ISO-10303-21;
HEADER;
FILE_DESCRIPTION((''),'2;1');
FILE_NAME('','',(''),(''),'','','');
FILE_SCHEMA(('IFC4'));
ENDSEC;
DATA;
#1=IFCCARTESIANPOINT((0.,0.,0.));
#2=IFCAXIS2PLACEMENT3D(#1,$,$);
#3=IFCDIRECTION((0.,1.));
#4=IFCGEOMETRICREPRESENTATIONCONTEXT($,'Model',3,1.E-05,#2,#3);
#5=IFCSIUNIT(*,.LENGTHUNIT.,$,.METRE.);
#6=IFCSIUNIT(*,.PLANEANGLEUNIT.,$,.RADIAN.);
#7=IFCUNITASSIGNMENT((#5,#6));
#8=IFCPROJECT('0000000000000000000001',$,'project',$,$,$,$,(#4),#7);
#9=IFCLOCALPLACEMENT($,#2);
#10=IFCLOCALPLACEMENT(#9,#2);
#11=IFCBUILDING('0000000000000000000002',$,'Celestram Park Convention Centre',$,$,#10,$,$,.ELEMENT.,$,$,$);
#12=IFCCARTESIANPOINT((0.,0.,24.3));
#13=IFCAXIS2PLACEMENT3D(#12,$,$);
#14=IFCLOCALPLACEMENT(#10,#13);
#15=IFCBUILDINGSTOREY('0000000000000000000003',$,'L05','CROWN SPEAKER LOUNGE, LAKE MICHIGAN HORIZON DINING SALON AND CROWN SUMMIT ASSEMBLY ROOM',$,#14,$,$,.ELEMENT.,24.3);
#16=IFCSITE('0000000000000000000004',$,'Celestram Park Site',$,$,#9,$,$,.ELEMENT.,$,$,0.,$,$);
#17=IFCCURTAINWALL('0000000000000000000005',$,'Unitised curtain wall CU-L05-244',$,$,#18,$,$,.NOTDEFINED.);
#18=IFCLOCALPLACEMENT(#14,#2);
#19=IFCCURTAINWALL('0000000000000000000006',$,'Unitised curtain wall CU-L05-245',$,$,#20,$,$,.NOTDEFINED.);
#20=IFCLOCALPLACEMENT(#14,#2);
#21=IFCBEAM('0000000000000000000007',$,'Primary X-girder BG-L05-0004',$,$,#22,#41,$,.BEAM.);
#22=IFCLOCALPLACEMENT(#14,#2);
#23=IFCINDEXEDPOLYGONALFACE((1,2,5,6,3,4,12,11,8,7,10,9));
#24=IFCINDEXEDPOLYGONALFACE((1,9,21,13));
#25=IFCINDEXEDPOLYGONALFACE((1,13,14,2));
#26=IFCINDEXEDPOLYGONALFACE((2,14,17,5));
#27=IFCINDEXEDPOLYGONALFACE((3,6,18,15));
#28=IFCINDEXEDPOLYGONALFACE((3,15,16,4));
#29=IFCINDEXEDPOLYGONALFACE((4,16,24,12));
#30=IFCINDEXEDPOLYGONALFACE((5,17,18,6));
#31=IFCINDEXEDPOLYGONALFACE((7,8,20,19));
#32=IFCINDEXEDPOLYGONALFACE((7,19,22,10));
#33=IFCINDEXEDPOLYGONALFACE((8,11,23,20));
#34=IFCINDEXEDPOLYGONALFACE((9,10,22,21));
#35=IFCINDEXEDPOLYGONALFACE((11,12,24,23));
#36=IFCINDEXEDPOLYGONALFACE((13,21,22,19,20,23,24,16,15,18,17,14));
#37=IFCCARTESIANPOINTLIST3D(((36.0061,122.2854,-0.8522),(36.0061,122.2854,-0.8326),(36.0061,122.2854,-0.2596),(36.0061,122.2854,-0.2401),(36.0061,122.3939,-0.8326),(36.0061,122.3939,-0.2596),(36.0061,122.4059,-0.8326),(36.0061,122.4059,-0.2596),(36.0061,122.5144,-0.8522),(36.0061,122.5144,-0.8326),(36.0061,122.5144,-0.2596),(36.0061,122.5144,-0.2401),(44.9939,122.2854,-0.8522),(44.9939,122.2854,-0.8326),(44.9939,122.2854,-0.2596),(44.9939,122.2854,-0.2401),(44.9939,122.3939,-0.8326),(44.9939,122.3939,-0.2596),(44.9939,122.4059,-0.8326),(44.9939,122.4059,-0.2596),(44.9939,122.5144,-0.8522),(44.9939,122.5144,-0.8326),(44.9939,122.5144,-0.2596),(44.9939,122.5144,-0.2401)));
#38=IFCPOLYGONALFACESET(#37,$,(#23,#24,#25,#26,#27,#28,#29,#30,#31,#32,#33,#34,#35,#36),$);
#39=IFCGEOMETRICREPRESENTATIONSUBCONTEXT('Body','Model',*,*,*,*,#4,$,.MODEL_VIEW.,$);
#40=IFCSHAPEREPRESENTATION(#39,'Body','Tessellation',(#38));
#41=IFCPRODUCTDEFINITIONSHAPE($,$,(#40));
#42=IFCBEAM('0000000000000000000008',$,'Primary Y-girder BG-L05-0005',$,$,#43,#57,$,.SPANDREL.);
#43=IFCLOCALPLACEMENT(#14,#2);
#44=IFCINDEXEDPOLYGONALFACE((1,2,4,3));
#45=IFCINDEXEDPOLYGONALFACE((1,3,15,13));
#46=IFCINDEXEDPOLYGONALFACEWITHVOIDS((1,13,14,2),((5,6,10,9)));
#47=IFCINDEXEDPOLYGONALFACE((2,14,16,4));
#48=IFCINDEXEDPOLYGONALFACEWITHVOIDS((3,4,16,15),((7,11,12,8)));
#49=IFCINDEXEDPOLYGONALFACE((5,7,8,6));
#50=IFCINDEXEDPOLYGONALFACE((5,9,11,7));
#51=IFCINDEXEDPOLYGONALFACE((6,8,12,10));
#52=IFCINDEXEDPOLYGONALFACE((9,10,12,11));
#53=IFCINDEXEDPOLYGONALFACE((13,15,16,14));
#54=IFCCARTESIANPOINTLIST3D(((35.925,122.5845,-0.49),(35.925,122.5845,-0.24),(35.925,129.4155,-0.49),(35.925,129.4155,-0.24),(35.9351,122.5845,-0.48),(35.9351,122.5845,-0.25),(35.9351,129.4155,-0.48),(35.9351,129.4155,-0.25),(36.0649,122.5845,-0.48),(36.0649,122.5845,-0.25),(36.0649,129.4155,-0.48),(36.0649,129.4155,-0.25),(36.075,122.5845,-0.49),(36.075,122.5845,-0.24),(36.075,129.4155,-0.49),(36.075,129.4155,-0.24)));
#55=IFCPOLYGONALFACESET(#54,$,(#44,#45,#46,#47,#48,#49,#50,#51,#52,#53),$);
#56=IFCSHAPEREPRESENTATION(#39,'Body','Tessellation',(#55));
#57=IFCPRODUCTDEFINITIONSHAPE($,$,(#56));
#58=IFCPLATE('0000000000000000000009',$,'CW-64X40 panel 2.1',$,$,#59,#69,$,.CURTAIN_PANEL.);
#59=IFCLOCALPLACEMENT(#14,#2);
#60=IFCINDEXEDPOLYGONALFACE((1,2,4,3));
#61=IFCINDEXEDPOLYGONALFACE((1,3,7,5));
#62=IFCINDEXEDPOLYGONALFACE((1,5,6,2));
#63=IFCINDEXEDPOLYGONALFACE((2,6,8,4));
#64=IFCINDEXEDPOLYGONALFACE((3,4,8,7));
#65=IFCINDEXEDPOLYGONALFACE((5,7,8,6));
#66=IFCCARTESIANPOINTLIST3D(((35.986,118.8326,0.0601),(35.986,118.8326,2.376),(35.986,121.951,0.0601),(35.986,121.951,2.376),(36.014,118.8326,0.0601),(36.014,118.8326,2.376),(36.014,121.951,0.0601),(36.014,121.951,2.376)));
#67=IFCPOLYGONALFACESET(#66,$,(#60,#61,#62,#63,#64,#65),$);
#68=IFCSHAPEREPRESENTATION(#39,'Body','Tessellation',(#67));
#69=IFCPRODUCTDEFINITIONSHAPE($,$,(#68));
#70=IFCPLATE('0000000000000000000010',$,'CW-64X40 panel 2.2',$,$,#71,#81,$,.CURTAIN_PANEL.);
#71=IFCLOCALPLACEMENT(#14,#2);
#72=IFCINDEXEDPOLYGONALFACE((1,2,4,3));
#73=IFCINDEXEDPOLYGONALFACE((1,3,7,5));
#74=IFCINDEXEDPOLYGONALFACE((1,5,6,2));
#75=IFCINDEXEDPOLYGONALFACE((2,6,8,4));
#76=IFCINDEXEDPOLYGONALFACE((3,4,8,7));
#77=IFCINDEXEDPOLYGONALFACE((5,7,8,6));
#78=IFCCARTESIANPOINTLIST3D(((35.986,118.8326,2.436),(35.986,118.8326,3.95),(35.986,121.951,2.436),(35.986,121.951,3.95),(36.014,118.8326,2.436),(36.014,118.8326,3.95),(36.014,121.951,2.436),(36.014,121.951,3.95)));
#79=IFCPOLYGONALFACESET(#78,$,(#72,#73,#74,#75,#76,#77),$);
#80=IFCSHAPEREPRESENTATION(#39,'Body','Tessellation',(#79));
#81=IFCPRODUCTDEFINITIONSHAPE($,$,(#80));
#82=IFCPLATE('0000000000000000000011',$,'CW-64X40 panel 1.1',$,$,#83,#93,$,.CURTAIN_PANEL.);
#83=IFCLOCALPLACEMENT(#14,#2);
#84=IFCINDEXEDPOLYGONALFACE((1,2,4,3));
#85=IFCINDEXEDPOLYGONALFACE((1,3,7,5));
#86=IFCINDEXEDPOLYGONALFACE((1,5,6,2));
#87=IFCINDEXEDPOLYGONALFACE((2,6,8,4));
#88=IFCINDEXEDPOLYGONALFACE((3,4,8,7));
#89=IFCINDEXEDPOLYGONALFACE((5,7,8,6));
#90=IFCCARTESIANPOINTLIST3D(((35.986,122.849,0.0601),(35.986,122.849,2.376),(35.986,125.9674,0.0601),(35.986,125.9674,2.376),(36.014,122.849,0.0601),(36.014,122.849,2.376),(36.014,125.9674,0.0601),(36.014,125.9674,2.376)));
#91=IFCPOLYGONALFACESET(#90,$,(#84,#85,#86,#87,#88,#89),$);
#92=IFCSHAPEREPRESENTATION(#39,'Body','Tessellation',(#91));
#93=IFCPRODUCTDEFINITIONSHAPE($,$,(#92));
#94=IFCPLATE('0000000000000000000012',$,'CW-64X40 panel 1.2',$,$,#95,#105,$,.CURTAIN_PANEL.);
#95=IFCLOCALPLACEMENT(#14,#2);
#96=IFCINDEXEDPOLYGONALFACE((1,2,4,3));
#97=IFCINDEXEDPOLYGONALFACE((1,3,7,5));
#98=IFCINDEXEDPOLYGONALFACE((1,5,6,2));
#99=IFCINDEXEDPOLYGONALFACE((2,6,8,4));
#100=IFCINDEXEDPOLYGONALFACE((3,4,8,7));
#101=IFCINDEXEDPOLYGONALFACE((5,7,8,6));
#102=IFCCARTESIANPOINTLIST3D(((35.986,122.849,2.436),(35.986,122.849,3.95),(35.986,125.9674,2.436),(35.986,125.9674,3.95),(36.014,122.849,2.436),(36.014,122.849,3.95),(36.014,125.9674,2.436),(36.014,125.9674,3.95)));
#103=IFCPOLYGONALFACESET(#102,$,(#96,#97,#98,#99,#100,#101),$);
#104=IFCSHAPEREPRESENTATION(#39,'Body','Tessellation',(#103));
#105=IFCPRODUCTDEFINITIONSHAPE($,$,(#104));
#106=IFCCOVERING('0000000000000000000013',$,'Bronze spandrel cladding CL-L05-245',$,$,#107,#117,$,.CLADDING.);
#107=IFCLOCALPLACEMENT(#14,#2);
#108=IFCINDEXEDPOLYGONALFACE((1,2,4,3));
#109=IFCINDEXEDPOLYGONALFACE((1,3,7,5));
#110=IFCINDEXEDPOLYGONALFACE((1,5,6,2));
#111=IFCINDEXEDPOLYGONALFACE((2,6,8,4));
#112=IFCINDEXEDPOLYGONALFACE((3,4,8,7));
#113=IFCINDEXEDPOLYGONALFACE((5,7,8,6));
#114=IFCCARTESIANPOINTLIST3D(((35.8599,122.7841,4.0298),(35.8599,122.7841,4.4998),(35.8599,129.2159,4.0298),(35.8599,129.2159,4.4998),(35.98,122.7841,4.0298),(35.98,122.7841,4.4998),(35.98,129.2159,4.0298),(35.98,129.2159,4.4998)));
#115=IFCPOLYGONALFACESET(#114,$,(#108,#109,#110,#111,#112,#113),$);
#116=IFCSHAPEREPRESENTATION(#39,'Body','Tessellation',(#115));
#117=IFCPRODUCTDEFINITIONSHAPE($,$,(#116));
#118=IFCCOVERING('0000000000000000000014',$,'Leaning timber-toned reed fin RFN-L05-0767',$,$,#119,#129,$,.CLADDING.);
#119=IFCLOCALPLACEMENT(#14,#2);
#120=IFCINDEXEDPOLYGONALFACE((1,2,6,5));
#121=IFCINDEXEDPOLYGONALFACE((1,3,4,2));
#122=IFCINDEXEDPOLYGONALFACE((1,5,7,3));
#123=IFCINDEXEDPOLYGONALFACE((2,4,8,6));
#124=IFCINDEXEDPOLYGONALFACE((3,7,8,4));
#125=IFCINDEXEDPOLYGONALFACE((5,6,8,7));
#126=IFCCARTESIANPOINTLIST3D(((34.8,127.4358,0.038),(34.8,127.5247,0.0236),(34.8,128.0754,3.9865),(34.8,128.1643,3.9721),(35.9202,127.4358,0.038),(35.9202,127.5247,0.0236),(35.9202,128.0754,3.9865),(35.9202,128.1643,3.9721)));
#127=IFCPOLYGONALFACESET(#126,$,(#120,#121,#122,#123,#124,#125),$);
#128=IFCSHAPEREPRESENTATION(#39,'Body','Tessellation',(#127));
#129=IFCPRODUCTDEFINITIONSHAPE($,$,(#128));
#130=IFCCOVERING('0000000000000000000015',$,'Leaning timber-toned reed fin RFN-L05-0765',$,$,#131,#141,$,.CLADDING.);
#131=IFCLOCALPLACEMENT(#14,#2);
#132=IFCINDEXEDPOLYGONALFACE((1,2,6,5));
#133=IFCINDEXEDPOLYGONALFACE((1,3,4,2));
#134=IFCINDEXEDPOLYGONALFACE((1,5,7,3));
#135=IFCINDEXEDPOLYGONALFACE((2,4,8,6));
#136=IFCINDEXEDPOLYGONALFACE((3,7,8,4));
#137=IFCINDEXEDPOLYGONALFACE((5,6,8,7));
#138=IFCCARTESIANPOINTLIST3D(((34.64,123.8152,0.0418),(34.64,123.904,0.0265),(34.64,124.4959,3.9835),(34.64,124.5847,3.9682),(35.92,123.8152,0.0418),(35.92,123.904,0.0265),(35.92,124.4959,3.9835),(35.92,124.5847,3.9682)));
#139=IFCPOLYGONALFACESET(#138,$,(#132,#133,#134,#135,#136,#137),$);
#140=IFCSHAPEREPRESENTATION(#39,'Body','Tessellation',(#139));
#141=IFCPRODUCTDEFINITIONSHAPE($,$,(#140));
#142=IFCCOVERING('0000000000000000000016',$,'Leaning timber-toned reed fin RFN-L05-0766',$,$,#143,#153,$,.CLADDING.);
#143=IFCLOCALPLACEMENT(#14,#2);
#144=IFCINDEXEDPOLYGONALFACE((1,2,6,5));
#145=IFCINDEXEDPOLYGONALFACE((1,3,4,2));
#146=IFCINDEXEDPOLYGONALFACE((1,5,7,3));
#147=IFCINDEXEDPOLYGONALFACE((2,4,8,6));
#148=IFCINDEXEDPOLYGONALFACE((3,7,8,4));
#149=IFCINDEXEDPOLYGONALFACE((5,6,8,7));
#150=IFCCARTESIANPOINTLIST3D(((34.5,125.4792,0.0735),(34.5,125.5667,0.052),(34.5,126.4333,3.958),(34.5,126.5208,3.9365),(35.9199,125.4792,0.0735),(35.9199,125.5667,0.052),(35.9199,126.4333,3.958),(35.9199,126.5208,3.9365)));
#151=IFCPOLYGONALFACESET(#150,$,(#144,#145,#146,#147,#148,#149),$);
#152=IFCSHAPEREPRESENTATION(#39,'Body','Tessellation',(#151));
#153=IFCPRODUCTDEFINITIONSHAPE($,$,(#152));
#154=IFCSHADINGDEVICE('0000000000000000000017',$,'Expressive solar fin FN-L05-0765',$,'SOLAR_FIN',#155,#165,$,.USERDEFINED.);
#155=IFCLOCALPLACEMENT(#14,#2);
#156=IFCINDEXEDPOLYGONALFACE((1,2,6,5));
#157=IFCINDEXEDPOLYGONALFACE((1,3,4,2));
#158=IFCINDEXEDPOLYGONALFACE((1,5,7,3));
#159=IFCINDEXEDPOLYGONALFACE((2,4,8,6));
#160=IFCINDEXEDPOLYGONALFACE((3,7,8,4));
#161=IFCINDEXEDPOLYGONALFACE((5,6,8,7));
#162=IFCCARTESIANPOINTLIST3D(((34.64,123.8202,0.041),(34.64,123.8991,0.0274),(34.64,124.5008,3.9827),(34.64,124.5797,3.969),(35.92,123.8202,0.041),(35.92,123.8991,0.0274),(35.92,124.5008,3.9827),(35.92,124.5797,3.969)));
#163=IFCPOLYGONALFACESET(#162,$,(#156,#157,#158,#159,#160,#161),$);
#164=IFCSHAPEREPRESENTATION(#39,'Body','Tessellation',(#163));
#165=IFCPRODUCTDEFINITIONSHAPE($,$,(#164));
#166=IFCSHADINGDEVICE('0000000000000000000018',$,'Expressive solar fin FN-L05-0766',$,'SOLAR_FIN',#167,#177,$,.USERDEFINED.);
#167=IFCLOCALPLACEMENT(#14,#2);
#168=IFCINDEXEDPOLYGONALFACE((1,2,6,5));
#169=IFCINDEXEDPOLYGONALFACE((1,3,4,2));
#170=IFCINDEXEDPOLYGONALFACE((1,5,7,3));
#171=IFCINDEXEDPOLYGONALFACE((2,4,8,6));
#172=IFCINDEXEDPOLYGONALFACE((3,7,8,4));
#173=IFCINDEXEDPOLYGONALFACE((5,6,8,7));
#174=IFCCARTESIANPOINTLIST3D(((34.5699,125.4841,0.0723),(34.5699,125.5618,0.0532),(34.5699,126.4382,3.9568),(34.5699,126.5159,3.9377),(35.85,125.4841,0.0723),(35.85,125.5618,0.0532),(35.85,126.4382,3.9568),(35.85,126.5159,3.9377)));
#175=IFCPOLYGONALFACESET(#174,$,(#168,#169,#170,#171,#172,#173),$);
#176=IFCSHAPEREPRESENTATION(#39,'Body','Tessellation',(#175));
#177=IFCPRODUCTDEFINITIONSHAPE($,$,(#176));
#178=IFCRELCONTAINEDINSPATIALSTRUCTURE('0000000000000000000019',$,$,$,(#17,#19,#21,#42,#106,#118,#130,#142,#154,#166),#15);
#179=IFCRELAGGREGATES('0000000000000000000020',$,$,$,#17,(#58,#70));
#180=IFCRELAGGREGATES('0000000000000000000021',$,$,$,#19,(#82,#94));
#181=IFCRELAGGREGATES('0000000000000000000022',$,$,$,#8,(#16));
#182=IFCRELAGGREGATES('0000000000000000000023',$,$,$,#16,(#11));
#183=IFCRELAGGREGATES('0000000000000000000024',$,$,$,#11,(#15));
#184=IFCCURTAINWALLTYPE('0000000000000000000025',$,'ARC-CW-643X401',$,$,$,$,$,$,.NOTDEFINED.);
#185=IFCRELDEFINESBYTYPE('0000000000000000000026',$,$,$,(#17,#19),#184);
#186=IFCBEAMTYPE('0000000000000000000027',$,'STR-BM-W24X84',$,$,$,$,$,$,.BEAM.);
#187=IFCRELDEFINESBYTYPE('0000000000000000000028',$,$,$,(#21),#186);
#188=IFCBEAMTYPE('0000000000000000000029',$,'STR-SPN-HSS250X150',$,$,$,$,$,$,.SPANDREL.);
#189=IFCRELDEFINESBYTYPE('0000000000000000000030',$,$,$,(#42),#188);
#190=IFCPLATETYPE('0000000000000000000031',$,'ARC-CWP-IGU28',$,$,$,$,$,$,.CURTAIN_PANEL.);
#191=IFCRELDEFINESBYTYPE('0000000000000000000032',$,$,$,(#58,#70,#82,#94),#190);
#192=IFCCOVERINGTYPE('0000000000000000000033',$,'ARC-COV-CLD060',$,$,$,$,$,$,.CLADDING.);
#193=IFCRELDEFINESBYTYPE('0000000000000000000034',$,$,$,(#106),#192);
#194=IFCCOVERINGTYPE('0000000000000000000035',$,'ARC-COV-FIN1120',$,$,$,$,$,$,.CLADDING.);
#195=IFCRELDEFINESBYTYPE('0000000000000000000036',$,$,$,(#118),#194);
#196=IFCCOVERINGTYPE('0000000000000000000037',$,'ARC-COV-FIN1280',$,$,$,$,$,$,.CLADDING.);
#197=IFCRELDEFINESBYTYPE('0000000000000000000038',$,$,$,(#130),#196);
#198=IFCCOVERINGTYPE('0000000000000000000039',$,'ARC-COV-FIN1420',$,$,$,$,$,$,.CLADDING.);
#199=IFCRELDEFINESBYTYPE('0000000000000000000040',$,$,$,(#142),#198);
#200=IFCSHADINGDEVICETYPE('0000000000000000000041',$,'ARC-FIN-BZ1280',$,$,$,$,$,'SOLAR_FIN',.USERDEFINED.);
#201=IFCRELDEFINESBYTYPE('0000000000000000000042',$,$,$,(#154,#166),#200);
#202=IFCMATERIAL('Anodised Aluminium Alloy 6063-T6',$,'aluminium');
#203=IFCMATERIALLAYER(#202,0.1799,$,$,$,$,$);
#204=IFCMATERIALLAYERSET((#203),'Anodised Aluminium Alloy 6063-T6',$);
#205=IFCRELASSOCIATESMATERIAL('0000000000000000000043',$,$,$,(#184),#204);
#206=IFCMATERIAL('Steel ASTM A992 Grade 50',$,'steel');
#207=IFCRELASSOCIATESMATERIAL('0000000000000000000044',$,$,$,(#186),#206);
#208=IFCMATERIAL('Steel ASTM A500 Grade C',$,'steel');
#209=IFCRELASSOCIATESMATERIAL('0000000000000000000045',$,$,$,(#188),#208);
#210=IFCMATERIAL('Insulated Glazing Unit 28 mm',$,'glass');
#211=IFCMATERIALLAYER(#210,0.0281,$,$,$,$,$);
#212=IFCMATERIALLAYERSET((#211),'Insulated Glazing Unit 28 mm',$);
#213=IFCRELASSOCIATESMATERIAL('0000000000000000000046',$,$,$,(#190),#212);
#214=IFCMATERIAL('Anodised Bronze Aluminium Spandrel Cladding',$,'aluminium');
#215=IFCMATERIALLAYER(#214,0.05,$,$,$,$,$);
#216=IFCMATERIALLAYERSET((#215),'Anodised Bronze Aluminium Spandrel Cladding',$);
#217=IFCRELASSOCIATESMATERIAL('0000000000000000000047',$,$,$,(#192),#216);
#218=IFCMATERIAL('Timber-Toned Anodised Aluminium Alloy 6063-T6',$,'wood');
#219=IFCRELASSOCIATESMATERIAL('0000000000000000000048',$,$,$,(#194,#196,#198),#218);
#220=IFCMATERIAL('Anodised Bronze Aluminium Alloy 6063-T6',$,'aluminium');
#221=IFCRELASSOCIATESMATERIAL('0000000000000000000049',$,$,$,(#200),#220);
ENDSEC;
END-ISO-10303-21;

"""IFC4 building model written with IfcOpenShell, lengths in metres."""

from ifc_helpers import new_model, si_unit, direction, frame, origin, origin_2d, place, context, subcontext, project, spatial, rectangle, hollow_rectangle, i_section, extrude, material, layer, layer_set, material_profile, profile_set, type_object, element, aggregate, save


model = new_model("IFC4")

# Units and contexts
model_context = context("Model", 3, precision=1e-05, world=origin(), true_north=direction((0.0, 1.0)))
body_context = subcontext(model_context, "Body", "Model", "MODEL_VIEW")
ifc_project = project(units=[si_unit("LENGTHUNIT", "METRE"), si_unit("PLANEANGLEUNIT", "RADIAN")], contexts=[model_context])

# Site, building, storey
site_placement = place(None, origin())
site = spatial("IfcSite", under=ifc_project, at=site_placement, Name="Celestram Park Site", CompositionType="ELEMENT", RefElevation=0.0)
building_placement = place(site_placement, origin())
building = spatial("IfcBuilding", under=site, at=building_placement, Name="Celestram Park Convention Centre", CompositionType="ELEMENT")
storey_placement = place(building_placement, frame((0.0, 0.0, 24.3)))
storey = spatial("IfcBuildingStorey", under=building, at=storey_placement, Name="L05", Description="CROWN SPEAKER LOUNGE, LAKE MICHIGAN HORIZON DINING SALON AND CROWN SUMMIT ASSEMBLY ROOM", CompositionType="ELEMENT", Elevation=24.3)

# Shared definitions
ifc_material_1 = material(Name="Steel ASTM A992 Grade 50", Category="steel")

# Curtain wall
ifc_material_2 = material(Name="Anodised Aluminium Alloy 6063-T6", Category="aluminium")
ifc_layer_1 = layer(ifc_material_2, 0.1799)
ifc_layer_set_1 = layer_set([ifc_layer_1], Name="Anodised Aluminium Alloy 6063-T6")
curtain_wall_type = type_object("IfcCurtainWallType", Name="ARC-CW-643X401", PredefinedType="NOTDEFINED", material=ifc_layer_set_1)
curtain_wall_1_placement = place(storey_placement, origin())
curtain_wall_1 = element("IfcCurtainWall", 1, at=curtain_wall_1_placement, inside=storey, type_object=curtain_wall_type, Name="Unitised curtain wall CU-L05-244", PredefinedType="NOTDEFINED")

# Curtain wall
curtain_wall_2_placement = place(storey_placement, origin())
curtain_wall_2 = element("IfcCurtainWall", 2, at=curtain_wall_2_placement, inside=storey, type_object=curtain_wall_type, Name="Unitised curtain wall CU-L05-245", PredefinedType="NOTDEFINED")

# Beams
ifc_material_profile_1 = material_profile(ifc_material_1, i_section(OverallWidth=0.229, OverallDepth=0.6121, WebThickness=0.012, FlangeThickness=0.0195, at=origin_2d()), Name="W24X84")
ifc_profile_set_1 = profile_set([ifc_material_profile_1], Name="Steel ASTM A992 Grade 50")
beam_type_1 = type_object("IfcBeamType", Name="STR-BM-W24X84", PredefinedType="BEAM", material=ifc_profile_set_1)
beam_1_placement = place(storey_placement, frame((36.0061, 122.3999, -0.5461), z_axis=(1.0, 0.0, 0.0), x_axis=(0.0, 1.0, 0.0)))
element("IfcBeam", 3, at=beam_1_placement, inside=storey, type_object=beam_type_1, Name="Primary X-girder BG-L05-0004", PredefinedType="BEAM", context=body_context, shape_type="SweptSolid", body=[
    extrude(i_section(OverallWidth=0.229, OverallDepth=0.6121, WebThickness=0.012, FlangeThickness=0.0195, at=origin_2d()), origin(), (0.0, 0.0, 1.0), 8.9878),
])
ifc_material_3 = material(Name="Steel ASTM A500 Grade C", Category="steel")
ifc_material_profile_2 = material_profile(ifc_material_3, hollow_rectangle(XDim=0.1499, YDim=0.25, WallThickness=0.01, at=origin_2d()), Name="HSS250X150X10")
ifc_profile_set_2 = profile_set([ifc_material_profile_2], Name="Steel ASTM A500 Grade C")
beam_type_2 = type_object("IfcBeamType", Name="STR-SPN-HSS250X150", PredefinedType="SPANDREL", material=ifc_profile_set_2)
beam_2_placement = place(storey_placement, frame((36.0, 122.5845, -0.365), z_axis=(0.0, 1.0, 0.0), x_axis=(-1.0, 0.0, 0.0)))
element("IfcBeam", 4, at=beam_2_placement, inside=storey, type_object=beam_type_2, Name="Primary Y-girder BG-L05-0005", PredefinedType="SPANDREL", context=body_context, shape_type="SweptSolid", body=[
    extrude(hollow_rectangle(XDim=0.1499, YDim=0.25, WallThickness=0.01, at=origin_2d()), origin(), (0.0, 0.0, 1.0), 6.8311),
])

# Plates
ifc_material_4 = material(Name="Insulated Glazing Unit 28 mm", Category="glass")
ifc_layer_2 = layer(ifc_material_4, 0.0281)
ifc_layer_set_2 = layer_set([ifc_layer_2], Name="Insulated Glazing Unit 28 mm")
plate_type = type_object("IfcPlateType", Name="ARC-CWP-IGU28", PredefinedType="CURTAIN_PANEL", material=ifc_layer_set_2)
plate_1_placement = place(storey_placement, frame((36.0, 120.3918, 0.0601), z_axis=(0.0, 0.0, 1.0), x_axis=(0.0, 1.0, 0.0)))
plate_1 = element("IfcPlate", 5, at=plate_1_placement, type_object=plate_type, Name="CW-64X40 panel 2.1", PredefinedType="CURTAIN_PANEL", context=body_context, shape_type="SweptSolid", body=[
    extrude(rectangle(XDim=3.1184, YDim=0.0281, at=origin_2d()), origin(), (0.0, 0.0, 1.0), 2.3159),
])
plate_2_placement = place(storey_placement, frame((36.0, 120.3918, 2.436), z_axis=(0.0, 0.0, 1.0), x_axis=(0.0, 1.0, 0.0)))
plate_2 = element("IfcPlate", 6, at=plate_2_placement, type_object=plate_type, Name="CW-64X40 panel 2.2", PredefinedType="CURTAIN_PANEL", context=body_context, shape_type="SweptSolid", body=[
    extrude(rectangle(XDim=3.1184, YDim=0.0281, at=origin_2d()), origin(), (0.0, 0.0, 1.0), 1.5139),
])
aggregate(curtain_wall_1, [plate_1, plate_2])
plate_3_placement = place(storey_placement, frame((36.0, 124.4082, 0.0601), z_axis=(0.0, 0.0, 1.0), x_axis=(0.0, 1.0, 0.0)))
plate_3 = element("IfcPlate", 7, at=plate_3_placement, type_object=plate_type, Name="CW-64X40 panel 1.1", PredefinedType="CURTAIN_PANEL", context=body_context, shape_type="SweptSolid", body=[
    extrude(rectangle(XDim=3.1184, YDim=0.0281, at=origin_2d()), origin(), (0.0, 0.0, 1.0), 2.3159),
])
plate_4_placement = place(storey_placement, frame((36.0, 124.4082, 2.436), z_axis=(0.0, 0.0, 1.0), x_axis=(0.0, 1.0, 0.0)))
plate_4 = element("IfcPlate", 8, at=plate_4_placement, type_object=plate_type, Name="CW-64X40 panel 1.2", PredefinedType="CURTAIN_PANEL", context=body_context, shape_type="SweptSolid", body=[
    extrude(rectangle(XDim=3.1184, YDim=0.0281, at=origin_2d()), origin(), (0.0, 0.0, 1.0), 1.5139),
])
aggregate(curtain_wall_2, [plate_3, plate_4])

# Coverings
ifc_material_5 = material(Name="Anodised Bronze Aluminium Spandrel Cladding", Category="aluminium")
ifc_layer_3 = layer(ifc_material_5, 0.05)
ifc_layer_set_3 = layer_set([ifc_layer_3], Name="Anodised Bronze Aluminium Spandrel Cladding")
covering_type_1 = type_object("IfcCoveringType", Name="ARC-COV-CLD060", PredefinedType="CLADDING", material=ifc_layer_set_3)
covering_1_placement = place(storey_placement, frame((35.9199, 126.0, 4.0298), z_axis=(0.0, 0.0, 1.0), x_axis=(0.0, 1.0, 0.0)))
element("IfcCovering", 9, at=covering_1_placement, inside=storey, type_object=covering_type_1, Name="Bronze spandrel cladding CL-L05-245", PredefinedType="CLADDING", context=body_context, shape_type="SweptSolid", body=[
    extrude(rectangle(XDim=6.4319, YDim=0.1201, at=origin_2d()), origin(), (0.0, 0.0, 1.0), 0.47),
])
ifc_material_6 = material(Name="Timber-Toned Anodised Aluminium Alloy 6063-T6", Category="wood")
ifc_material_profile_3 = material_profile(ifc_material_6, rectangle(XDim=1.1201, YDim=0.0901, at=origin_2d()), Name="REED1120X90")
ifc_profile_set_3 = profile_set([ifc_material_profile_3], Name="Timber-Toned Anodised Aluminium Alloy 6063-T6")
covering_type_2 = type_object("IfcCoveringType", Name="ARC-COV-FIN1120", PredefinedType="CLADDING", material=ifc_profile_set_3)
covering_2_placement = place(storey_placement, frame((35.3601, 127.4802, 0.0308), z_axis=(0.0, 0.159914, 0.987131), x_axis=(-1.0, 0.0, 0.0)))
element("IfcCovering", 10, at=covering_2_placement, inside=storey, type_object=covering_type_2, Name="Leaning timber-toned reed fin RFN-L05-0767", PredefinedType="CLADDING", context=body_context, shape_type="SweptSolid", body=[
    extrude(rectangle(XDim=1.1201, YDim=0.0901, at=origin_2d()), origin(), (0.0, 0.0, 1.0), 4.0),
])
ifc_material_profile_4 = material_profile(ifc_material_6, rectangle(XDim=1.28, YDim=0.0901, at=origin_2d()), Name="REED1280X90")
ifc_profile_set_4 = profile_set([ifc_material_profile_4], Name="Timber-Toned Anodised Aluminium Alloy 6063-T6")
covering_type_3 = type_object("IfcCoveringType", Name="ARC-COV-FIN1280", PredefinedType="CLADDING", material=ifc_profile_set_4)
covering_3_placement = place(storey_placement, frame((35.28, 123.8596, 0.0342), z_axis=(0.0, 0.170166, 0.985415), x_axis=(-1.0, 0.0, 0.0)))
element("IfcCovering", 11, at=covering_3_placement, inside=storey, type_object=covering_type_3, Name="Leaning timber-toned reed fin RFN-L05-0765", PredefinedType="CLADDING", context=body_context, shape_type="SweptSolid", body=[
    extrude(rectangle(XDim=1.28, YDim=0.0901, at=origin_2d()), origin(), (0.0, 0.0, 1.0), 4.0),
])
ifc_material_profile_5 = material_profile(ifc_material_6, rectangle(XDim=1.4199, YDim=0.0901, at=origin_2d()), Name="REED1420X90")
ifc_profile_set_5 = profile_set([ifc_material_profile_5], Name="Timber-Toned Anodised Aluminium Alloy 6063-T6")
covering_type_4 = type_object("IfcCoveringType", Name="ARC-COV-FIN1420", PredefinedType="CLADDING", material=ifc_profile_set_5)
covering_4_placement = place(storey_placement, frame((35.21, 125.5229, 0.0627), z_axis=(0.0, 0.238527, 0.971136), x_axis=(-1.0, 0.0, 0.0)))
element("IfcCovering", 12, at=covering_4_placement, inside=storey, type_object=covering_type_4, Name="Leaning timber-toned reed fin RFN-L05-0766", PredefinedType="CLADDING", context=body_context, shape_type="SweptSolid", body=[
    extrude(rectangle(XDim=1.4199, YDim=0.0901, at=origin_2d()), origin(), (0.0, 0.0, 1.0), 4.0),
])

# Shading devices
ifc_material_7 = material(Name="Anodised Bronze Aluminium Alloy 6063-T6", Category="aluminium")
ifc_material_profile_6 = material_profile(ifc_material_7, rectangle(XDim=1.28, YDim=0.0801, at=origin_2d()), Name="FIN1280X80")
ifc_profile_set_6 = profile_set([ifc_material_profile_6], Name="Anodised Bronze Aluminium Alloy 6063-T6")
shading_device_type = type_object("IfcShadingDeviceType", Name="ARC-FIN-BZ1280", ElementType="SOLAR_FIN", PredefinedType="USERDEFINED", material=ifc_profile_set_6)
for number, where, z_axis, x_axis, name in (
    (13, (35.28, 123.8596, 0.0342), (0.0, 0.170166, 0.985415), (-1.0, 0.0, 0.0), "Expressive solar fin FN-L05-0765"),
    (14, (35.21, 125.5229, 0.0627), (0.0, 0.238527, 0.971136), (-1.0, 0.0, 0.0), "Expressive solar fin FN-L05-0766"),
):
    element("IfcShadingDevice", number, at=place(storey_placement, frame(where, z_axis=z_axis, x_axis=x_axis)), inside=storey, type_object=shading_device_type, Name=name, ObjectType="SOLAR_FIN", PredefinedType="USERDEFINED", context=body_context, shape_type="SweptSolid", body=[
        extrude(rectangle(XDim=1.28, YDim=0.0801, at=origin_2d()), origin(), (0.0, 0.0, 1.0), 4.0),
    ])

save(model, "model.ifc")
